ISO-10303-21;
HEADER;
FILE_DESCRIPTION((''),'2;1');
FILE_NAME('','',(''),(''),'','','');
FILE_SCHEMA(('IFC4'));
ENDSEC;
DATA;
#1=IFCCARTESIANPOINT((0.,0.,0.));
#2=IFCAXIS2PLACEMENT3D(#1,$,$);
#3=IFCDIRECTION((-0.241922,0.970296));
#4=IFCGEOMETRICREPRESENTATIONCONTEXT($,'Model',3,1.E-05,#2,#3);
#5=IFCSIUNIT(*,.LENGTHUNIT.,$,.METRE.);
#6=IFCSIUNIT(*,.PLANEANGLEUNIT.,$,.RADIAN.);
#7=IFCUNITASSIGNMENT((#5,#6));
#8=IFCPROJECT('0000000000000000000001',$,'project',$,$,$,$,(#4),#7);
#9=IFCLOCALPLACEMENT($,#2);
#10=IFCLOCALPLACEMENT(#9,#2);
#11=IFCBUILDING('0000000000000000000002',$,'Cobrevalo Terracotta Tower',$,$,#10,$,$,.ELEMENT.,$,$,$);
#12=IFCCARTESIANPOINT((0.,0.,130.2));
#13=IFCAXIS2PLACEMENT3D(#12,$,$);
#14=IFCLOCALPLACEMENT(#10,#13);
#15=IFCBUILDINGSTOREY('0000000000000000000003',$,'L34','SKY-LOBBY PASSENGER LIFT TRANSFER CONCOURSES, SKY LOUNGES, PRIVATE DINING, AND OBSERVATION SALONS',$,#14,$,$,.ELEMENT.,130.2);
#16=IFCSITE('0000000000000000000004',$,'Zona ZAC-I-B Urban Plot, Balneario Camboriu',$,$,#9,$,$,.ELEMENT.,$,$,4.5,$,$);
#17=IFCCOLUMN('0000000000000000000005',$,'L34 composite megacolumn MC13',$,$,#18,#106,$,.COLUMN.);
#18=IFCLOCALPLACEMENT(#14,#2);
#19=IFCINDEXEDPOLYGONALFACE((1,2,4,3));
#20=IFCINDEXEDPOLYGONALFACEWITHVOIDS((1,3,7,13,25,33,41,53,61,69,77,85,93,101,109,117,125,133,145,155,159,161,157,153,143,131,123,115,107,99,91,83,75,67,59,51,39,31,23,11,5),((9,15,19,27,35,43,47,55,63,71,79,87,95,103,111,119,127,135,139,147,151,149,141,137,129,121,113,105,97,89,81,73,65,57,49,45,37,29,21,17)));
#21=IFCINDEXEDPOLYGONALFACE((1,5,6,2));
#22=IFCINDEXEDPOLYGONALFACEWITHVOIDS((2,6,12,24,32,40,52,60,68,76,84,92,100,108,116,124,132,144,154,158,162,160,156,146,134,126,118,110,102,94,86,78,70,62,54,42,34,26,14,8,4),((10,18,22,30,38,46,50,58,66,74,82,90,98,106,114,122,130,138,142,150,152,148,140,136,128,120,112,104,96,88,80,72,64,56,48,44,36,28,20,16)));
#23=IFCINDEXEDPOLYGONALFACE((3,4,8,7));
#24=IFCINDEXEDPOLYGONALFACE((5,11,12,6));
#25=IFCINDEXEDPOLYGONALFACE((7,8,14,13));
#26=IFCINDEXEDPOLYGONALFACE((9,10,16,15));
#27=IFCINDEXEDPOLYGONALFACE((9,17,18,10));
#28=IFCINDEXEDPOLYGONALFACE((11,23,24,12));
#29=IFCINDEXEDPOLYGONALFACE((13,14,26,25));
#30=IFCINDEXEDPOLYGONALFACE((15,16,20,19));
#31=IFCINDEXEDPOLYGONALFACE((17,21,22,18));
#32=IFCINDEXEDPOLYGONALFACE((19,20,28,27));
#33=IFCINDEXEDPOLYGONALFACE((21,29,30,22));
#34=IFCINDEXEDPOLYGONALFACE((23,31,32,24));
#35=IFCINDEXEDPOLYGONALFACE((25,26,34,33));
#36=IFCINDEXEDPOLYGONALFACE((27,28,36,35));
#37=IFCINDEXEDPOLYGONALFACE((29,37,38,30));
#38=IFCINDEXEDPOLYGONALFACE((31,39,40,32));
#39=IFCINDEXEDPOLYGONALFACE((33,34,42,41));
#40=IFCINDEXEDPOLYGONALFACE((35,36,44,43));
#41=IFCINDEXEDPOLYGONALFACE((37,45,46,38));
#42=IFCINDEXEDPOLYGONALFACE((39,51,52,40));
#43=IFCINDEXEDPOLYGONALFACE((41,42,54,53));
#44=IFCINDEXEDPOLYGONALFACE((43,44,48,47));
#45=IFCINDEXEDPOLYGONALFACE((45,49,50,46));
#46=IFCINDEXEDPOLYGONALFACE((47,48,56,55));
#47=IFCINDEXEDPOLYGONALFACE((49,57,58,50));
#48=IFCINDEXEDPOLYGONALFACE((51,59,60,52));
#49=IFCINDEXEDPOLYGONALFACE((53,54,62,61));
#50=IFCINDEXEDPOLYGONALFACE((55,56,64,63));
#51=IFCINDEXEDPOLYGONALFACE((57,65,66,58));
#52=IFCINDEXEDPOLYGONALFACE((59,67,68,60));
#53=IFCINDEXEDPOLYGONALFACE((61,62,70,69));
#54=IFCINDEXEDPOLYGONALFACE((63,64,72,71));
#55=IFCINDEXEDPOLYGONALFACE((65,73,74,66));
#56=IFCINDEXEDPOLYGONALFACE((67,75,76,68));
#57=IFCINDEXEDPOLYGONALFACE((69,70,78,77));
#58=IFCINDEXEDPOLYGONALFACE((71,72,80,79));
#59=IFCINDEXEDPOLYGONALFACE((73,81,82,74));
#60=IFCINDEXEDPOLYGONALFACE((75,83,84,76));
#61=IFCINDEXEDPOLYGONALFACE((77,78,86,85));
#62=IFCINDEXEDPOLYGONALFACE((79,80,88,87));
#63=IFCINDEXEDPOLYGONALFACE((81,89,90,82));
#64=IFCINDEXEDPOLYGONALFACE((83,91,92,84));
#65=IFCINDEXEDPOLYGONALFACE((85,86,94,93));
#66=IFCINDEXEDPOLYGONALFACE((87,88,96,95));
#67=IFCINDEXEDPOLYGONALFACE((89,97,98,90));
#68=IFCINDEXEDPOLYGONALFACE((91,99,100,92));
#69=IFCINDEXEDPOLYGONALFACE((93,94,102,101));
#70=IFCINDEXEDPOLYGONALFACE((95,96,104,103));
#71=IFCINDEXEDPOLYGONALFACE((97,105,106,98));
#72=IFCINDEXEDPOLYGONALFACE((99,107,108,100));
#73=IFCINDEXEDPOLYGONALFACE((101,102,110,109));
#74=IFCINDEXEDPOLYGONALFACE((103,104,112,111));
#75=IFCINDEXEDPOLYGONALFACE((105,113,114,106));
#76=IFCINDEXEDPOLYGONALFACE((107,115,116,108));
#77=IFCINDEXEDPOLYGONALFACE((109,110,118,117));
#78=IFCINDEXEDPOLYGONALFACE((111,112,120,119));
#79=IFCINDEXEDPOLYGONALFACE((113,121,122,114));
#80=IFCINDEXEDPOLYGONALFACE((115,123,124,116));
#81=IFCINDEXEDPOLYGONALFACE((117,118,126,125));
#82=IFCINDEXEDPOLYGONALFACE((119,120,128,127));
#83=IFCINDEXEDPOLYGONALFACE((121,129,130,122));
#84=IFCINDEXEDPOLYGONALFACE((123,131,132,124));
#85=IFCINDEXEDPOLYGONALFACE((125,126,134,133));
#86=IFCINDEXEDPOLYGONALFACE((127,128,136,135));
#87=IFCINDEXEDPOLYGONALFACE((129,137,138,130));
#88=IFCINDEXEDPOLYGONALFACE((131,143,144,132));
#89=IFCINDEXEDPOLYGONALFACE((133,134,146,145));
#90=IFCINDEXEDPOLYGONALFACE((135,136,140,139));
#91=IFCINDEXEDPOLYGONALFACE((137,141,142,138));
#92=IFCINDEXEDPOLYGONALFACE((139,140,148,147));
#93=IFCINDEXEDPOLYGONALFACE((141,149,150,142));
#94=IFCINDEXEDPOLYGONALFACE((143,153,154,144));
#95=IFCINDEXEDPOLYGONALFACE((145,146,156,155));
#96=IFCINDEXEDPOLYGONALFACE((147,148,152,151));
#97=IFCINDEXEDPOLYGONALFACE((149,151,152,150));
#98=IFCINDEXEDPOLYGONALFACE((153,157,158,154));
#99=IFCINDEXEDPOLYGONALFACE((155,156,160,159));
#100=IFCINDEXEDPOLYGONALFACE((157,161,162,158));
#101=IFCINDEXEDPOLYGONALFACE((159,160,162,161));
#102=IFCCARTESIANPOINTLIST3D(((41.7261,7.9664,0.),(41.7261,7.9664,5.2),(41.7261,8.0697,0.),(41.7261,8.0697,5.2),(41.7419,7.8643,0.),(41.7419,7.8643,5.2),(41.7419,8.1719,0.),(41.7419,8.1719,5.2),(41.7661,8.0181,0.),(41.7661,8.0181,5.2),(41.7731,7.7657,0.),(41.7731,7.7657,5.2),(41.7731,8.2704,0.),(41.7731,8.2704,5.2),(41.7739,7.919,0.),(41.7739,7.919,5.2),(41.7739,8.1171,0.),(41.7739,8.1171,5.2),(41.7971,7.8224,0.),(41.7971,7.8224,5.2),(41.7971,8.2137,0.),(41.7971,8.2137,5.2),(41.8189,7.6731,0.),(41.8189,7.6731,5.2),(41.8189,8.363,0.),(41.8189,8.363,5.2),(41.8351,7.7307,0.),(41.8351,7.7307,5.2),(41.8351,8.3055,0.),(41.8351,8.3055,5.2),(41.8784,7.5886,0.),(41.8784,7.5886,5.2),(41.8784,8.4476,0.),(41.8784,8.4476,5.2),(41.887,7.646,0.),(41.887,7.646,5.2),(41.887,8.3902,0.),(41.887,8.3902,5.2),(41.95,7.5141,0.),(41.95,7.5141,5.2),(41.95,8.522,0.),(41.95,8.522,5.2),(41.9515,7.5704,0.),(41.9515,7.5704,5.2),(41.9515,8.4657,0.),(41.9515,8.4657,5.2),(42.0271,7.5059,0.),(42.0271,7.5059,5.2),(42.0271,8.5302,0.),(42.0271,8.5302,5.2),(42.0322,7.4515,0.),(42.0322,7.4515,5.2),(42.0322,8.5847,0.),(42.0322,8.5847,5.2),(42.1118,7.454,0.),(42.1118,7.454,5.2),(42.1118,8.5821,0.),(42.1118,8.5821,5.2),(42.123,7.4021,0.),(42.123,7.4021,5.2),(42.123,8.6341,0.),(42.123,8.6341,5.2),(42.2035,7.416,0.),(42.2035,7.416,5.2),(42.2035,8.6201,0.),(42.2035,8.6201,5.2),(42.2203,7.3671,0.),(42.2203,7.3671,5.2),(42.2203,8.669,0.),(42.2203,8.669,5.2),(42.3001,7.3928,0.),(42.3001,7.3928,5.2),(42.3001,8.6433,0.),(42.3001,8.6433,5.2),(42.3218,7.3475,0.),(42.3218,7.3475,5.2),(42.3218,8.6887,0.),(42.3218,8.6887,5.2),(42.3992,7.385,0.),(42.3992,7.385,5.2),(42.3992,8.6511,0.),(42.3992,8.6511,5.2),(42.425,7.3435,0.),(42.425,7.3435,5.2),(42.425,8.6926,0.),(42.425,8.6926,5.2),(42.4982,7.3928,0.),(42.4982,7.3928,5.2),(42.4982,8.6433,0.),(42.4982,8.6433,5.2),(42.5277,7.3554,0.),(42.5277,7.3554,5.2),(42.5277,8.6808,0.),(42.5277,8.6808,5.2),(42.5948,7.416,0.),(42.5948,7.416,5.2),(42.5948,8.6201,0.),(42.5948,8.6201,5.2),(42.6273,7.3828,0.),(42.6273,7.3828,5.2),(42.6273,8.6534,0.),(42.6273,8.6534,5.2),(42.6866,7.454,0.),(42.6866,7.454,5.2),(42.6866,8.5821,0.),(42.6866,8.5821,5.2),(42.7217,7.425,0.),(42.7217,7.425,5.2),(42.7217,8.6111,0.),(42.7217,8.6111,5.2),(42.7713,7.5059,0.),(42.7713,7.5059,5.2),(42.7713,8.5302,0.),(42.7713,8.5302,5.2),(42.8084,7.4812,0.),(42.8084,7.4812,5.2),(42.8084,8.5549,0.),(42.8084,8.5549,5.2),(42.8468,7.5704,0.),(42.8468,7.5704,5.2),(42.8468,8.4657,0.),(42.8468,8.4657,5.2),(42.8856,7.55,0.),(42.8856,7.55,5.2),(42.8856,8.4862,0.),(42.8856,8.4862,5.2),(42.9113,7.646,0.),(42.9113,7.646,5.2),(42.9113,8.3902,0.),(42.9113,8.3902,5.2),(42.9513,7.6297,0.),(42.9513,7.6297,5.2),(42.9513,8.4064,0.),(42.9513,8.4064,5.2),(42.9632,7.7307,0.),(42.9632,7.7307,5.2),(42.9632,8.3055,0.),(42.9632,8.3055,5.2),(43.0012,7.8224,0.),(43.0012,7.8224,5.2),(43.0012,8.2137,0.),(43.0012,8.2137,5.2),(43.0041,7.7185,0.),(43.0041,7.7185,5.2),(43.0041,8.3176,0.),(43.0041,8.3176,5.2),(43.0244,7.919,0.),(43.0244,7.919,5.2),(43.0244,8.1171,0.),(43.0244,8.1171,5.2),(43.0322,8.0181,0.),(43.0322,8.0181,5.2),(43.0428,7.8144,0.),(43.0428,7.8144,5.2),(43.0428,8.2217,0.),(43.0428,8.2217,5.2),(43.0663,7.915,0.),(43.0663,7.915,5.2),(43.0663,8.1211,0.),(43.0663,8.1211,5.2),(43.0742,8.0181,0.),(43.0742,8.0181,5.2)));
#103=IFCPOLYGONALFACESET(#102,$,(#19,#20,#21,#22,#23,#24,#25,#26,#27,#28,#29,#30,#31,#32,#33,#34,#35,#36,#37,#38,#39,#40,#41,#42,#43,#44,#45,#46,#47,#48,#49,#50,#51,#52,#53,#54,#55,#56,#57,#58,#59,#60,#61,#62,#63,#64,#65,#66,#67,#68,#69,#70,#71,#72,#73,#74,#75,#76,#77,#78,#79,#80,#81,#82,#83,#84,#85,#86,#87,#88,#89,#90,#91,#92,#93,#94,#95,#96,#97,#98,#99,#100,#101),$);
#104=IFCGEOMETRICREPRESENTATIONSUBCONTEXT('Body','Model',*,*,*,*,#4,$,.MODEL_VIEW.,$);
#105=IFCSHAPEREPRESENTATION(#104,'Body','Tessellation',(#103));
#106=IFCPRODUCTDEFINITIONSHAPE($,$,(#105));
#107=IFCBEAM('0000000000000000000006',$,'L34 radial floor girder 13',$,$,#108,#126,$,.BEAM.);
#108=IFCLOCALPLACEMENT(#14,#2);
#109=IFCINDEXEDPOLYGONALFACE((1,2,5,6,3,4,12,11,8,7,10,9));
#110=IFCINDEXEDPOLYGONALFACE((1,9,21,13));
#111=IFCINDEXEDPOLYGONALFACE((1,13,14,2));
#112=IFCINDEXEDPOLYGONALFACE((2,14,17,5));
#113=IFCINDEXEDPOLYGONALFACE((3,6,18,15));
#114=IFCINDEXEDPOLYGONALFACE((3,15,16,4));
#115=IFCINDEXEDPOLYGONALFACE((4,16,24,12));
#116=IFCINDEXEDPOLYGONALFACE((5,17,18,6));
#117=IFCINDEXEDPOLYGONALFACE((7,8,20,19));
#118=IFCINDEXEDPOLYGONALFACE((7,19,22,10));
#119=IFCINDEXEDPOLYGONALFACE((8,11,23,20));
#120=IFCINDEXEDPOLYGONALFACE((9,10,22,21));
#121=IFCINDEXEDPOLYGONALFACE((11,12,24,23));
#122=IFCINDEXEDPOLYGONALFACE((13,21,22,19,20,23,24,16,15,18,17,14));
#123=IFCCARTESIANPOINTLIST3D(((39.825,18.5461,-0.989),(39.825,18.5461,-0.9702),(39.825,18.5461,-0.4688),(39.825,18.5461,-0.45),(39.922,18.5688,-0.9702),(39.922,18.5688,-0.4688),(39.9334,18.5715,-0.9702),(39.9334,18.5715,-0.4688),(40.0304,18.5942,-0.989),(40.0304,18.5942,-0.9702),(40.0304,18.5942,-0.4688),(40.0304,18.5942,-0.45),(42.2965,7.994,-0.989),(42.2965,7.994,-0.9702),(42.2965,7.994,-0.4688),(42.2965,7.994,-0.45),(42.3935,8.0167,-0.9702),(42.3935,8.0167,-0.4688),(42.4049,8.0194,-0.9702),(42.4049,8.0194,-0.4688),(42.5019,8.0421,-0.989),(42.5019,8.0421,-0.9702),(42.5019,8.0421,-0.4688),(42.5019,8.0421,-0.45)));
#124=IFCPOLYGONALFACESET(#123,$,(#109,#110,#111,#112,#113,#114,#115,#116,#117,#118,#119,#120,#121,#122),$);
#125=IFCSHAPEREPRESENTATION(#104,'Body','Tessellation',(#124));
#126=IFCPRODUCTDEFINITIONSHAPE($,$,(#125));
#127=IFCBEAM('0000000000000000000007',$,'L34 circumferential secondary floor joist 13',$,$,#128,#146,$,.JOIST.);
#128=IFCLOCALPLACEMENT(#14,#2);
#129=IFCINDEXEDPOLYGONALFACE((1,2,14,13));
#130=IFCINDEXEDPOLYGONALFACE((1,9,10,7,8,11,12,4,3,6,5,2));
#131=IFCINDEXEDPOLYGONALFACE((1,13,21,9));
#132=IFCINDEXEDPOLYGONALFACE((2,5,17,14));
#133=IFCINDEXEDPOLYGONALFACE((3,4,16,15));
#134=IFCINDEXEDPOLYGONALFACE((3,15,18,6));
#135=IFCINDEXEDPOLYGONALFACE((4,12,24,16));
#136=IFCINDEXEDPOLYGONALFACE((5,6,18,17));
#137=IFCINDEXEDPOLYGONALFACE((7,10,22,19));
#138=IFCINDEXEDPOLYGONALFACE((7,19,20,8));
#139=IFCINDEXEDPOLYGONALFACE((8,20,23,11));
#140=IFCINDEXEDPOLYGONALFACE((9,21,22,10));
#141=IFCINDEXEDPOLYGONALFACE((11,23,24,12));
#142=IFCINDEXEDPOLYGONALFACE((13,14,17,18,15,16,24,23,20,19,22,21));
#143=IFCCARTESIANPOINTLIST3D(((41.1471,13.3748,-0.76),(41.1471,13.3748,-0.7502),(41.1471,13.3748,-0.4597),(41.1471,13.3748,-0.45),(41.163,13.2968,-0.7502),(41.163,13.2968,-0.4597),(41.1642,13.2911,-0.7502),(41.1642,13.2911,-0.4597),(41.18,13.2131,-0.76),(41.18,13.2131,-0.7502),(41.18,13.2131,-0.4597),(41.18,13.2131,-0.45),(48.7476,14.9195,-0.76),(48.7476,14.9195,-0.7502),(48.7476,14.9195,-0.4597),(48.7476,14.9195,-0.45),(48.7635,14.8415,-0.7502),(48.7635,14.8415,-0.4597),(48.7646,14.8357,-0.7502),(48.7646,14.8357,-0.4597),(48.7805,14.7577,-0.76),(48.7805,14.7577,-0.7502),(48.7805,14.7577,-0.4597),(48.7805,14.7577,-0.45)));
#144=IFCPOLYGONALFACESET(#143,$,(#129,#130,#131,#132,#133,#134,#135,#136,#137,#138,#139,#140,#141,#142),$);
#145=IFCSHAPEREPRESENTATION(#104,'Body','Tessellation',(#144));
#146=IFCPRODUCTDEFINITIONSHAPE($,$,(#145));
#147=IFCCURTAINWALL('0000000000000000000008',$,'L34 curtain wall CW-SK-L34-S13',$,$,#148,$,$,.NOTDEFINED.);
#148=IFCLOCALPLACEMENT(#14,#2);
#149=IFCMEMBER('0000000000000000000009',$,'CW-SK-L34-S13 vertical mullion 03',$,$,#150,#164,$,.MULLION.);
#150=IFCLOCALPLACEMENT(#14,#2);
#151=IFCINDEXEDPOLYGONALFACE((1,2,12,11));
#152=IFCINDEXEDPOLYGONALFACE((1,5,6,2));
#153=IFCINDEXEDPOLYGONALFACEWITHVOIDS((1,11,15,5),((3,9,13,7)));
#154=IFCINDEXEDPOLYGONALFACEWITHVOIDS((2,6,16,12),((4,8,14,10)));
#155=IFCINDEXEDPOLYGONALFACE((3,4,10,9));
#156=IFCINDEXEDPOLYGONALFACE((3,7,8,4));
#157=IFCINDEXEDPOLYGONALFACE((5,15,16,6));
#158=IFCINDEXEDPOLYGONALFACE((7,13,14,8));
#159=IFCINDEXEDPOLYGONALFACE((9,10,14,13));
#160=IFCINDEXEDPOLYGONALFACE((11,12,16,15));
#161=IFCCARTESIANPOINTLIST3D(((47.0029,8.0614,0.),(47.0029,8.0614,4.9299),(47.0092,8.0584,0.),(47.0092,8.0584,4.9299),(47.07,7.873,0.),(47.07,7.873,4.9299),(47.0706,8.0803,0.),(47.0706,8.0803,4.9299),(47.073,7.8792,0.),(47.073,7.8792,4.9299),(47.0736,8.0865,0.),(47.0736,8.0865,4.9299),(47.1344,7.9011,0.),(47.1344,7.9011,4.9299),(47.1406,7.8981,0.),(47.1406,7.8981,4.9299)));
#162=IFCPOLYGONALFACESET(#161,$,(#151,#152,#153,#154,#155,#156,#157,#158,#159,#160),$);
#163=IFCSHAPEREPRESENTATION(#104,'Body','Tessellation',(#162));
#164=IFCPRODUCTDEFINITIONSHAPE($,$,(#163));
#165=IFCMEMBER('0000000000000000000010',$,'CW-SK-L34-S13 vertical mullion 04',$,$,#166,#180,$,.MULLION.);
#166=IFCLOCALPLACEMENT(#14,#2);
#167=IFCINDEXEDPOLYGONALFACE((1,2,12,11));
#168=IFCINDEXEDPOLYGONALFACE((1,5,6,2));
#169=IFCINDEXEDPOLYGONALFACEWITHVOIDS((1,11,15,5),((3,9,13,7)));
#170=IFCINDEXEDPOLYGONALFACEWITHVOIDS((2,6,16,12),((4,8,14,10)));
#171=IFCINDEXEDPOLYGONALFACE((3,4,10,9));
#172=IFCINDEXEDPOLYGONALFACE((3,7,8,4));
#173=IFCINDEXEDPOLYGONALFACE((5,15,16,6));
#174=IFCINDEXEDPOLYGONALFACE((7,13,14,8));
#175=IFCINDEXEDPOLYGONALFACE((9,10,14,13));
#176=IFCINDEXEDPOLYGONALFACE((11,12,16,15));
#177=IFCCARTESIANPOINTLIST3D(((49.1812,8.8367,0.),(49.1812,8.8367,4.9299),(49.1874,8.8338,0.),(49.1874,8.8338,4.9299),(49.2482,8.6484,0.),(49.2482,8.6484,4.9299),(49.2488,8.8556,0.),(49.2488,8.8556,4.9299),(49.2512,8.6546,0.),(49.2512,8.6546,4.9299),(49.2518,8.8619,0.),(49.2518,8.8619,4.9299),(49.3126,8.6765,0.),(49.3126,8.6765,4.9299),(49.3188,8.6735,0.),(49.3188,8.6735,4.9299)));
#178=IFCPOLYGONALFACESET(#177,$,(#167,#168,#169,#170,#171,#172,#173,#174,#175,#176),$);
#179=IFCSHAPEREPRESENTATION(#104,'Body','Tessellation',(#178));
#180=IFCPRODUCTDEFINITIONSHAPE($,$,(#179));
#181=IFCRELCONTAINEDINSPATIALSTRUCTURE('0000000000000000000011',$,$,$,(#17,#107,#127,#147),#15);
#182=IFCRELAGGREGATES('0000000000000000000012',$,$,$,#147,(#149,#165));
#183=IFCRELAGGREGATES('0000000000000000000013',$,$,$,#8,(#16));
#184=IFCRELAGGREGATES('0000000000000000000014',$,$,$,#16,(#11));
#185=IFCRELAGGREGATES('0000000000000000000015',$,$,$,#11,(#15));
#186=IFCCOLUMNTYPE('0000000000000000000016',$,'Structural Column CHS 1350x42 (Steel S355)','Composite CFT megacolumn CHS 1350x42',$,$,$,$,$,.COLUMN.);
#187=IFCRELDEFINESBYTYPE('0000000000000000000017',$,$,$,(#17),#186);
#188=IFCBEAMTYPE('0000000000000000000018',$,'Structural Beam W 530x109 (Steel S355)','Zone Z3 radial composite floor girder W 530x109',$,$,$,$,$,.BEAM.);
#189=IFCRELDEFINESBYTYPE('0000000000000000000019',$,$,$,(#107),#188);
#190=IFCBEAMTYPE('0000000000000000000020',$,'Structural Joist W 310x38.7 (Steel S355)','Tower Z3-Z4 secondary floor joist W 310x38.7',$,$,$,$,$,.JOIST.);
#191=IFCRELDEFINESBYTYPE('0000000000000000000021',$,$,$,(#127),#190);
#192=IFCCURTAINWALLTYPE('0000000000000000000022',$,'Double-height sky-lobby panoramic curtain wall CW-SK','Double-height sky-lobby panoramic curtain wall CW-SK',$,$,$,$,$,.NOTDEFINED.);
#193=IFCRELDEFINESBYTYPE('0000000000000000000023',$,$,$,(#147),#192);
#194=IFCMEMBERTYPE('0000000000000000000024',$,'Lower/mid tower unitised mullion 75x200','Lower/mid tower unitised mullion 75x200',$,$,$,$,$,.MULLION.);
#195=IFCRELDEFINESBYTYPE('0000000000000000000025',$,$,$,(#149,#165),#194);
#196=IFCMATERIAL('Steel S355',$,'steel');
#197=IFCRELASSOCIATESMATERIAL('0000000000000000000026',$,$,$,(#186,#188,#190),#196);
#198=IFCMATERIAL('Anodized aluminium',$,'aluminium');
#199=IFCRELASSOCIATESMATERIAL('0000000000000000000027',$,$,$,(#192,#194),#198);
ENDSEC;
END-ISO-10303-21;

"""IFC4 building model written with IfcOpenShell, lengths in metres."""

from ifc_helpers import new_model, si_unit, direction, frame, origin, origin_2d, place, context, subcontext, project, spatial, hollow_rectangle, hollow_circle, i_section, extrude, source, transform, mapped, material, material_profile, profile_set, type_object, element, aggregate, save


model = new_model("IFC4")

# Units and contexts
model_context = context("Model", 3, precision=1e-05, world=origin(), true_north=direction((-0.241922, 0.970296)))
body_context = subcontext(model_context, "Body", "Model", "MODEL_VIEW")
ifc_project = project(units=[si_unit("LENGTHUNIT", "METRE"), si_unit("PLANEANGLEUNIT", "RADIAN")], contexts=[model_context])

# Site, building, storey
site_placement = place(None, origin())
site = spatial("IfcSite", under=ifc_project, at=site_placement, Name="Zona ZAC-I-B Urban Plot, Balneario Camboriu", CompositionType="ELEMENT", RefElevation=4.5)
building_placement = place(site_placement, origin())
building = spatial("IfcBuilding", under=site, at=building_placement, Name="Cobrevalo Terracotta Tower", CompositionType="ELEMENT")
storey_placement = place(building_placement, frame((0.0, 0.0, 130.2)))
storey = spatial("IfcBuildingStorey", under=building, at=storey_placement, Name="L34", Description="SKY-LOBBY PASSENGER LIFT TRANSFER CONCOURSES, SKY LOUNGES, PRIVATE DINING, AND OBSERVATION SALONS", CompositionType="ELEMENT", Elevation=130.2)

# Column
ifc_material_1 = material(Name="Steel S355", Category="steel")
ifc_material_profile_1 = material_profile(ifc_material_1, hollow_circle(Radius=0.675, WallThickness=0.042, at=origin_2d()), Name="CHS 1350x42")
ifc_profile_set_1 = profile_set([ifc_material_profile_1], Name="Steel S355")
column_type = type_object("IfcColumnType", Name="Structural Column CHS 1350x42 (Steel S355)", Description="Composite CFT megacolumn CHS 1350x42", PredefinedType="COLUMN", material=ifc_profile_set_1)
column_placement = place(storey_placement, frame((42.3992, 8.0181, 0.0), z_axis=(0.0, 0.0, 1.0), x_axis=(1.0, 0.0, 0.0)))
element("IfcColumn", 1, at=column_placement, inside=storey, type_object=column_type, Name="L34 composite megacolumn MC13", PredefinedType="COLUMN", context=body_context, shape_type="SweptSolid", body=[
    extrude(hollow_circle(Radius=0.675, WallThickness=0.042, at=origin_2d()), origin(), (0.0, 0.0, 1.0), 5.2),
])

# Beams
ifc_material_profile_2 = material_profile(ifc_material_1, i_section(OverallWidth=0.2109, OverallDepth=0.5391, WebThickness=0.0117, FlangeThickness=0.0188, at=origin_2d()), Name="W 530x109")
ifc_profile_set_2 = profile_set([ifc_material_profile_2], Name="Steel S355")
beam_type_1 = type_object("IfcBeamType", Name="Structural Beam W 530x109 (Steel S355)", Description="Zone Z3 radial composite floor girder W 530x109", PredefinedType="BEAM", material=ifc_profile_set_2)
beam_1_placement = place(storey_placement, frame((42.3992, 8.0181, -0.7195), z_axis=(-0.228044, 0.973651, 0.0), x_axis=(-0.973651, -0.228044, 0.0)))
element("IfcBeam", 2, at=beam_1_placement, inside=storey, type_object=beam_type_1, Name="L34 radial floor girder 13", PredefinedType="BEAM", context=body_context, shape_type="SweptSolid", body=[
    extrude(i_section(OverallWidth=0.2109, OverallDepth=0.5391, WebThickness=0.0117, FlangeThickness=0.0188, at=origin_2d()), origin(), (0.0, 0.0, 1.0), 10.8376),
])
ifc_material_profile_3 = material_profile(ifc_material_1, i_section(OverallWidth=0.165, OverallDepth=0.3101, WebThickness=0.0059, FlangeThickness=0.0098, at=origin_2d()), Name="W 310x38.7")
ifc_profile_set_3 = profile_set([ifc_material_profile_3], Name="Steel S355")
beam_type_2 = type_object("IfcBeamType", Name="Structural Joist W 310x38.7 (Steel S355)", Description="Tower Z3-Z4 secondary floor joist W 310x38.7", PredefinedType="JOIST", material=ifc_profile_set_3)
beam_2_placement = place(storey_placement, frame((41.1636, 13.2939, -0.605), z_axis=(0.979967, 0.19916, 0.0), x_axis=(-0.19916, 0.979967, 0.0)))
element("IfcBeam", 3, at=beam_2_placement, inside=storey, type_object=beam_type_2, Name="L34 circumferential secondary floor joist 13", PredefinedType="JOIST", context=body_context, shape_type="SweptSolid", body=[
    extrude(i_section(OverallWidth=0.165, OverallDepth=0.3101, WebThickness=0.0059, FlangeThickness=0.0098, at=origin_2d()), origin(), (0.0, 0.0, 1.0), 7.7559),
])

# Curtain wall, members
ifc_material_2 = material(Name="Anodized aluminium", Category="aluminium")
curtain_wall_type = type_object("IfcCurtainWallType", Name="Double-height sky-lobby panoramic curtain wall CW-SK", Description="Double-height sky-lobby panoramic curtain wall CW-SK", PredefinedType="NOTDEFINED", material=ifc_material_2)
curtain_wall_placement = place(storey_placement, origin())
curtain_wall = element("IfcCurtainWall", 4, at=curtain_wall_placement, inside=storey, type_object=curtain_wall_type, Name="L34 curtain wall CW-SK-L34-S13", PredefinedType="NOTDEFINED")
ifc_material_profile_4 = material_profile(ifc_material_2, hollow_rectangle(XDim=0.075, YDim=0.2, WallThickness=0.0049, at=origin_2d()), Name="CWM 75x200")
ifc_profile_set_4 = profile_set([ifc_material_profile_4], Name="Anodized aluminium")
member_type_1 = type_object("IfcMemberType", Name="Lower/mid tower unitised mullion 75x200", Description="Lower/mid tower unitised mullion 75x200", PredefinedType="MULLION", material=ifc_profile_set_4)
shared_shape_1 = source(origin(), body_context, "Body", "SweptSolid", [
    extrude(hollow_rectangle(XDim=0.075, YDim=0.2, WallThickness=0.0049, at=origin_2d()), origin(), (0.0, 0.0, 1.0), 4.9299),
])
member_1_placement = place(storey_placement, frame((47.0718, 7.9797, 0.0), z_axis=(0.0, 0.0, 1.0), x_axis=(0.942098, 0.335336, 0.0)))
member_1 = element("IfcMember", 5, at=member_1_placement, type_object=member_type_1, Name="CW-SK-L34-S13 vertical mullion 03", PredefinedType="MULLION", context=body_context, shape_type="MappedRepresentation", body=[
    mapped(shared_shape_1, transform((0.0, 0.0, 0.0), scale=1.0)),
])
member_2_placement = place(storey_placement, frame((49.25, 8.7551, 0.0), z_axis=(0.0, 0.0, 1.0), x_axis=(0.942098, 0.335336, 0.0)))
member_2 = element("IfcMember", 6, at=member_2_placement, type_object=member_type_1, Name="CW-SK-L34-S13 vertical mullion 04", PredefinedType="MULLION", context=body_context, shape_type="MappedRepresentation", body=[
    mapped(shared_shape_1, transform((0.0, 0.0, 0.0), scale=1.0)),
])
aggregate(curtain_wall, [member_1, member_2])

save(model, "model.ifc")
